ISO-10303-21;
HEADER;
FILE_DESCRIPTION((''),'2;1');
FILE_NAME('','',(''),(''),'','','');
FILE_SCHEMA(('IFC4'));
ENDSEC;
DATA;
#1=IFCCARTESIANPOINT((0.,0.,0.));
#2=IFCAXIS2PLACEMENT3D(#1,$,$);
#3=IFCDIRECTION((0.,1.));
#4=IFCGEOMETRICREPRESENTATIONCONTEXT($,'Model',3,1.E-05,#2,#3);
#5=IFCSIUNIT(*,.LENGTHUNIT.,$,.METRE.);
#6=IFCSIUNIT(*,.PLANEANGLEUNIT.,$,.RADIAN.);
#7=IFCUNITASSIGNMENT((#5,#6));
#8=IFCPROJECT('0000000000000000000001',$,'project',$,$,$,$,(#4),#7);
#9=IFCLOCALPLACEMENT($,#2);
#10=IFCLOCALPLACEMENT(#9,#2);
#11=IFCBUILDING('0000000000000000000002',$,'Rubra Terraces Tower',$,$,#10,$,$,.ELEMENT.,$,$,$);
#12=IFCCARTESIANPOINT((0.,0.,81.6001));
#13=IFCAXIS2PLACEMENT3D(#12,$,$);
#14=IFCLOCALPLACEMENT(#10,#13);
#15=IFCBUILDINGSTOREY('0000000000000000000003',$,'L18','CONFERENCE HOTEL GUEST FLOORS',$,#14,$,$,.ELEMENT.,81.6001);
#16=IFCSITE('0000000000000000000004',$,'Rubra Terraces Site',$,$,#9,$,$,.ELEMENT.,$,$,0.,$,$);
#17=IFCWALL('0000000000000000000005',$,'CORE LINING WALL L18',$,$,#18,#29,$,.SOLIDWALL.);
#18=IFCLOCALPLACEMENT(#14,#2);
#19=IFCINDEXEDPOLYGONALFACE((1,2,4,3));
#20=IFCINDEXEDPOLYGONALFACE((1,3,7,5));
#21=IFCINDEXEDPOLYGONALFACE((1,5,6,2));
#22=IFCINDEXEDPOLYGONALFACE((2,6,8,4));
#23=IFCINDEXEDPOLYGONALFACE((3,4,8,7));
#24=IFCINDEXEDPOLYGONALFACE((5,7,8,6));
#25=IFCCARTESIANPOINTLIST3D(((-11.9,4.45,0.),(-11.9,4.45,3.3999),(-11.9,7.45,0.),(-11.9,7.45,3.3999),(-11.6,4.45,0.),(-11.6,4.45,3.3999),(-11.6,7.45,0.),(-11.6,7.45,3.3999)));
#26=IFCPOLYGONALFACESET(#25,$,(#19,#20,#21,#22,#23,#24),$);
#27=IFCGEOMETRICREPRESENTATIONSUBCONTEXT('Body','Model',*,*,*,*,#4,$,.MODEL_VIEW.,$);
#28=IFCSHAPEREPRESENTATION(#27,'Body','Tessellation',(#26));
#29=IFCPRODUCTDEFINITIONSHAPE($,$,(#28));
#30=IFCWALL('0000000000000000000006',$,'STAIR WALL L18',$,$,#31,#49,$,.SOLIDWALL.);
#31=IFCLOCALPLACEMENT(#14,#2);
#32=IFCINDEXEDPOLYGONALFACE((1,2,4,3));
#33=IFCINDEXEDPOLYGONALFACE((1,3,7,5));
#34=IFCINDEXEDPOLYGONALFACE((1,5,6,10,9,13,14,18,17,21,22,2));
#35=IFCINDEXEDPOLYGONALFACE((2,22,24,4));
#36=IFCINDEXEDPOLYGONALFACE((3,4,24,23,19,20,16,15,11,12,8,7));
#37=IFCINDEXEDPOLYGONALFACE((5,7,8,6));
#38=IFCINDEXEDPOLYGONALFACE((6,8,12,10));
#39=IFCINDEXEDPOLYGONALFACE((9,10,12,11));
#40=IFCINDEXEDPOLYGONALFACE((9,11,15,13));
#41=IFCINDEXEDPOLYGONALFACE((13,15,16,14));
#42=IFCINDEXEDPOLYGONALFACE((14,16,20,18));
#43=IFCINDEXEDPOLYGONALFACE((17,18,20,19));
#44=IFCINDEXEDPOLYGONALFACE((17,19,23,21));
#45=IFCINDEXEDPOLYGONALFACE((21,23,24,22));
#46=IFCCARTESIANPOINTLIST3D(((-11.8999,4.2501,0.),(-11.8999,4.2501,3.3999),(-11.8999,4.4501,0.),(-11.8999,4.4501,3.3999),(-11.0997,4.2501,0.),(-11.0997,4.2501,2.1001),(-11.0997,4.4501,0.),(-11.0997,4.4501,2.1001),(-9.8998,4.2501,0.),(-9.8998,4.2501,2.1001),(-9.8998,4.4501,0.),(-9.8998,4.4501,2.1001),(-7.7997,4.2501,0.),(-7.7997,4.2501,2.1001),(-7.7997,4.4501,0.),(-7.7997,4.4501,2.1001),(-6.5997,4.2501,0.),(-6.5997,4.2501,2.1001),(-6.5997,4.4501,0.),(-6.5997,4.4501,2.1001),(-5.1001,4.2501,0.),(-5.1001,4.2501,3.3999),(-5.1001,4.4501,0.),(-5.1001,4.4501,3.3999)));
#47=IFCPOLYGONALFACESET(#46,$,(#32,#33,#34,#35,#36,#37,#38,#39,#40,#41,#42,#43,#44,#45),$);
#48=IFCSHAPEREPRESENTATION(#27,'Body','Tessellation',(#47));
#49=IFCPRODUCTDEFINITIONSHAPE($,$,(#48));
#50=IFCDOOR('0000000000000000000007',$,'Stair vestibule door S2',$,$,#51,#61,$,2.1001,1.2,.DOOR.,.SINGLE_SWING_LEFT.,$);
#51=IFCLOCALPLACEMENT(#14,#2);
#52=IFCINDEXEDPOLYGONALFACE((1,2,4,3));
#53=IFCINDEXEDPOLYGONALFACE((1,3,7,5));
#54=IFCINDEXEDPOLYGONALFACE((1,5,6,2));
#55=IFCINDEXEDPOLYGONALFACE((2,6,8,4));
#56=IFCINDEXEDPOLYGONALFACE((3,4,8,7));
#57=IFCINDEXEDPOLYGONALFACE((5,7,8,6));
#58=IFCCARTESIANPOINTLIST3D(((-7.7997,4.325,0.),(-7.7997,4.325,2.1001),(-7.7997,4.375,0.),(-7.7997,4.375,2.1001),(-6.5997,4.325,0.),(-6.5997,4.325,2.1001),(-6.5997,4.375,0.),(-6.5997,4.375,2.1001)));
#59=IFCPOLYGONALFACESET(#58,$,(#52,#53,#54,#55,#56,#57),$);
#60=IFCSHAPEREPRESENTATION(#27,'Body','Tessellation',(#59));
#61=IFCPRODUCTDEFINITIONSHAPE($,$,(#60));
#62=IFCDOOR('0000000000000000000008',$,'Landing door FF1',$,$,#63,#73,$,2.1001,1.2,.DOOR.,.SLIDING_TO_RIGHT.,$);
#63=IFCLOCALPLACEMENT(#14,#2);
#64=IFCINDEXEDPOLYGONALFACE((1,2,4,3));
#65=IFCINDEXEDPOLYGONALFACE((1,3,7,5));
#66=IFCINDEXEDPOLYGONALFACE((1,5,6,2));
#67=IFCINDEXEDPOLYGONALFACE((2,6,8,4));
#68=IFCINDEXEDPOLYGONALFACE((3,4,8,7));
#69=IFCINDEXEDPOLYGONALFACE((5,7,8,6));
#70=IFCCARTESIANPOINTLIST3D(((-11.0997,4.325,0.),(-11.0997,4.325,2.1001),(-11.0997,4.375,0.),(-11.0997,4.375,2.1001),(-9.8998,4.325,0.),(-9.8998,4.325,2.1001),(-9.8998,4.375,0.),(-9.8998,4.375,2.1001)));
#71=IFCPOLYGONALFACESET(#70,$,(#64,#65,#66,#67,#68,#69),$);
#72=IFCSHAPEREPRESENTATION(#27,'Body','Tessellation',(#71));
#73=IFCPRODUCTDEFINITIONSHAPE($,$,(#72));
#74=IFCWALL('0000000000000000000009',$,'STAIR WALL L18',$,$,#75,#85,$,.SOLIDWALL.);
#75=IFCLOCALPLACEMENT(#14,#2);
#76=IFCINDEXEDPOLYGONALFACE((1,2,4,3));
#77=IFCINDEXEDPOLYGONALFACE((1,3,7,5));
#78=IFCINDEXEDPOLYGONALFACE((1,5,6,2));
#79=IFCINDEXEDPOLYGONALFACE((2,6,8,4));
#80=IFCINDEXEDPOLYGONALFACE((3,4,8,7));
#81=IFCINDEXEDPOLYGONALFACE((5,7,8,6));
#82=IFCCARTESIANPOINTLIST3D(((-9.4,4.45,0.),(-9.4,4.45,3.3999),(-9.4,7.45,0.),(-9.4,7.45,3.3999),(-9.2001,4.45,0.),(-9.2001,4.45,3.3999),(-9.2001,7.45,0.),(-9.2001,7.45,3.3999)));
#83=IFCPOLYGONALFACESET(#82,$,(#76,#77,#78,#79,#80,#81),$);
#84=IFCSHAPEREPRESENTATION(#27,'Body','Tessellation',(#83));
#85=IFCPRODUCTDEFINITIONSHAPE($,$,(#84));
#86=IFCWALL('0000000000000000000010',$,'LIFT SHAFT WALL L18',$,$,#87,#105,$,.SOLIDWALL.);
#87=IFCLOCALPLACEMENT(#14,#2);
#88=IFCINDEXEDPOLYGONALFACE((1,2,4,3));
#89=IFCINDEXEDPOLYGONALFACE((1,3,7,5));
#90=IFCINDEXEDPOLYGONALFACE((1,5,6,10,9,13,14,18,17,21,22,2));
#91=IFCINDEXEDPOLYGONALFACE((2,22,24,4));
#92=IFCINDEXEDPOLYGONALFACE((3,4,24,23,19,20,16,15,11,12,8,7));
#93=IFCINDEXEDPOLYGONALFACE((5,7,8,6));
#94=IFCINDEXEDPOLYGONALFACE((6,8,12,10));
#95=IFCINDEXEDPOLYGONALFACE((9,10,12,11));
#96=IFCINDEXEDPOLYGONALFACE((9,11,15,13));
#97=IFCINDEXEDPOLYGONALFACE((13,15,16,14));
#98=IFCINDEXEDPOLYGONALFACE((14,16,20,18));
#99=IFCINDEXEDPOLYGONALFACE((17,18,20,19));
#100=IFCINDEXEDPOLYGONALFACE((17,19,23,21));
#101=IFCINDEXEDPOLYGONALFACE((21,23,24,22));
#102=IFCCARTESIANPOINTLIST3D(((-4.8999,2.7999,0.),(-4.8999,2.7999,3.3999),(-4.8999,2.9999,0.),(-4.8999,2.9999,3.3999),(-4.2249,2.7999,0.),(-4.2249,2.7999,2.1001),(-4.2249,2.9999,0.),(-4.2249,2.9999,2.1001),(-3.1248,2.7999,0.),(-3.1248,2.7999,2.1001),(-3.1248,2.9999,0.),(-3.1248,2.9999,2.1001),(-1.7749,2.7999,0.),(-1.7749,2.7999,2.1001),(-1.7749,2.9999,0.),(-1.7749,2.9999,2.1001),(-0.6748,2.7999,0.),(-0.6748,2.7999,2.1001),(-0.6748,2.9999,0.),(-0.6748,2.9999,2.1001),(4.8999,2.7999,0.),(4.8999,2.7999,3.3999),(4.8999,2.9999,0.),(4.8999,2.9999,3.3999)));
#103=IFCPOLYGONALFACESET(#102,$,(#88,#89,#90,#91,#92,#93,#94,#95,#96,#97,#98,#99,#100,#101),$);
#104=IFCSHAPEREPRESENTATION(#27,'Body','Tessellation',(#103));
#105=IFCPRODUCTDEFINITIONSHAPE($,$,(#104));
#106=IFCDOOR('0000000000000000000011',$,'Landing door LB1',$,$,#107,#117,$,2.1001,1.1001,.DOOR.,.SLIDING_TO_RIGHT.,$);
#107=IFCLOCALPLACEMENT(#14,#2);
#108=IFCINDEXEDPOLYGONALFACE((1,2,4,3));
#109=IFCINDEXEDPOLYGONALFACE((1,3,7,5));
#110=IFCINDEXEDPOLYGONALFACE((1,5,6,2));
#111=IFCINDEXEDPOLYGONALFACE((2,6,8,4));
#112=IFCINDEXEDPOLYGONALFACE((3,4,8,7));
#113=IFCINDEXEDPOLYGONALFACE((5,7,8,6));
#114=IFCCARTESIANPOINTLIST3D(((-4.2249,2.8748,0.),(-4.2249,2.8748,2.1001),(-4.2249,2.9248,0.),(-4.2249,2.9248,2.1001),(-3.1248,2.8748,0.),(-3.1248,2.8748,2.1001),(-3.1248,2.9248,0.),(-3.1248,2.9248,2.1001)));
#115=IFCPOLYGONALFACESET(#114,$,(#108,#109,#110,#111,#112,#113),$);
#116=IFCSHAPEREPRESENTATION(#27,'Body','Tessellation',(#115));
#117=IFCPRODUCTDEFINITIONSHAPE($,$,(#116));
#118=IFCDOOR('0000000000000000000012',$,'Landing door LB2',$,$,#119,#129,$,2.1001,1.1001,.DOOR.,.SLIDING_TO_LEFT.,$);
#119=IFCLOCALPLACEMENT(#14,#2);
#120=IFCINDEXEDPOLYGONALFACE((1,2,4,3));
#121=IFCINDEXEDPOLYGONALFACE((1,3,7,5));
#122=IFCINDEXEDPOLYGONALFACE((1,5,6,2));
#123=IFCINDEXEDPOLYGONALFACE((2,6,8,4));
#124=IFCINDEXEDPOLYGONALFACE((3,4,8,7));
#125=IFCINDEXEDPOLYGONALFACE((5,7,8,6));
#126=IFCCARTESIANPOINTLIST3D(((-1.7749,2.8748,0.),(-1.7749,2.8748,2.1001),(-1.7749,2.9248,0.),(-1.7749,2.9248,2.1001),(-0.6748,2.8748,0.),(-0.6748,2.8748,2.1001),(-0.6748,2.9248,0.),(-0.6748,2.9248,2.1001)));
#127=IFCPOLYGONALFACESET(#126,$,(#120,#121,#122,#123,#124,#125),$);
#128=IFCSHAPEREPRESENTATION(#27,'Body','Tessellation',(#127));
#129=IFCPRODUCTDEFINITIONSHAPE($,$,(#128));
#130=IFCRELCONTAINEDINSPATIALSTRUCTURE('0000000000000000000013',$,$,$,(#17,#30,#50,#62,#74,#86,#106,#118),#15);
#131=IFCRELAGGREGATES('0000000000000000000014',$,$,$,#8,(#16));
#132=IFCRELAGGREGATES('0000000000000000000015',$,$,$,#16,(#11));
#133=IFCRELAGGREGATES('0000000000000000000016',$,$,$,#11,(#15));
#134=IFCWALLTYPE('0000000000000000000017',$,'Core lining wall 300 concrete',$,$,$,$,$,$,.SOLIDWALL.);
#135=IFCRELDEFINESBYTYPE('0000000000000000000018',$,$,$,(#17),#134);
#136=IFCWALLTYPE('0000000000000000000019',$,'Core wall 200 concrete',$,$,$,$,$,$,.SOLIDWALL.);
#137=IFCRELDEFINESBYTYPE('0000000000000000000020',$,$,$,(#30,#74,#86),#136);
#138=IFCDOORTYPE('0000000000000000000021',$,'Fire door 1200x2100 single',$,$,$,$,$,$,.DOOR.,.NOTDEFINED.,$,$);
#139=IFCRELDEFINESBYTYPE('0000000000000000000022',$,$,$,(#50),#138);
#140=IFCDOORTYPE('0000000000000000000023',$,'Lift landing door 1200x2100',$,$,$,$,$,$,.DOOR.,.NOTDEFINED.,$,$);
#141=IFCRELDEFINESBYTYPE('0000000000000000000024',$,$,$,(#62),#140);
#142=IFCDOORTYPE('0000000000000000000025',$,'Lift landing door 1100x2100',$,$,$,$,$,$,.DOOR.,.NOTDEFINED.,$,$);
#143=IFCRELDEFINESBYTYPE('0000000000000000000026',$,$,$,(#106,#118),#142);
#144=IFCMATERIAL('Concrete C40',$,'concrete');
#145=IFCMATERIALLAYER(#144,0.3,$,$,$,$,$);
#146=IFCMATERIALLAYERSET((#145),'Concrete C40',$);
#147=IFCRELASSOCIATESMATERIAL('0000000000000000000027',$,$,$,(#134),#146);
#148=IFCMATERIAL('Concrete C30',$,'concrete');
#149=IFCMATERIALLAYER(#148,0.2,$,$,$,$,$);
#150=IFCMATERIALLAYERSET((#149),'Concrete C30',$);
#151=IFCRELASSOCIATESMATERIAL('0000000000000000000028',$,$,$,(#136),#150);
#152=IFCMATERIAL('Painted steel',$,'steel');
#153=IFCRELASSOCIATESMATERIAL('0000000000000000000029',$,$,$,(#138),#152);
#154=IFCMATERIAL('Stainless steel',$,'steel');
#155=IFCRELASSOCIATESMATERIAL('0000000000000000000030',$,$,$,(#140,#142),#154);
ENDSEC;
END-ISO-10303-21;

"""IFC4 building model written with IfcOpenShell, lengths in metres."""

from ifc_helpers import new_model, si_unit, direction, frame, frame_2d, origin, place, context, subcontext, project, spatial, rectangle, extrude, material, layer, layer_set, type_object, element, fill, save


model = new_model("IFC4")

# Units and contexts
model_context = context("Model", 3, precision=1e-05, world=origin(), true_north=direction((0.0, 1.0)))
body_context = subcontext(model_context, "Body", "Model", "MODEL_VIEW")
ifc_project = project(units=[si_unit("LENGTHUNIT", "METRE"), si_unit("PLANEANGLEUNIT", "RADIAN")], contexts=[model_context])

# Site, building, storey
site_placement = place(None, origin())
site = spatial("IfcSite", under=ifc_project, at=site_placement, Name="Rubra Terraces Site", CompositionType="ELEMENT", RefElevation=0.0)
building_placement = place(site_placement, origin())
building = spatial("IfcBuilding", under=site, at=building_placement, Name="Rubra Terraces Tower", CompositionType="ELEMENT")
storey_placement = place(building_placement, frame((0.0, 0.0, 81.6001)))
storey = spatial("IfcBuildingStorey", under=building, at=storey_placement, Name="L18", Description="CONFERENCE HOTEL GUEST FLOORS", CompositionType="ELEMENT", Elevation=81.6001)

# Wall
ifc_material_1 = material(Name="Concrete C40", Category="concrete")
ifc_layer_1 = layer(ifc_material_1, 0.3)
ifc_layer_set_1 = layer_set([ifc_layer_1], Name="Concrete C40")
wall_type_1 = type_object("IfcWallType", Name="Core lining wall 300 concrete", PredefinedType="SOLIDWALL", material=ifc_layer_set_1)
wall_1_placement = place(storey_placement, frame((-11.75, 4.45, 0.0), z_axis=(0.0, 0.0, 1.0), x_axis=(0.0, 1.0, 0.0)))
element("IfcWall", 1, at=wall_1_placement, inside=storey, type_object=wall_type_1, Name="CORE LINING WALL L18", PredefinedType="SOLIDWALL", context=body_context, shape_type="SweptSolid", body=[
    extrude(rectangle(XDim=3.0, YDim=0.3, at=frame_2d((1.5, 0.0))), origin(), (0.0, 0.0, 1.0), 3.3999),
])

# Wall, openings, doors
ifc_material_2 = material(Name="Concrete C30", Category="concrete")
ifc_layer_2 = layer(ifc_material_2, 0.2)
ifc_layer_set_2 = layer_set([ifc_layer_2], Name="Concrete C30")
wall_type_2 = type_object("IfcWallType", Name="Core wall 200 concrete", PredefinedType="SOLIDWALL", material=ifc_layer_set_2)
wall_2_placement = place(storey_placement, frame((-11.8999, 4.3501, 0.0), z_axis=(0.0, 0.0, 1.0), x_axis=(1.0, 0.0, 0.0)))
wall_2 = element("IfcWall", 2, at=wall_2_placement, inside=storey, type_object=wall_type_2, Name="STAIR WALL L18", PredefinedType="SOLIDWALL", context=body_context, shape_type="SweptSolid", body=[
    extrude(rectangle(XDim=6.7998, YDim=0.2, at=frame_2d((3.3999, 0.0))), origin(), (0.0, 0.0, 1.0), 3.3999),
])
opening_1_placement = place(wall_2_placement, frame((4.1001, 0.0, 0.0)))
opening_1 = element("IfcOpeningElement", 3, at=opening_1_placement, cuts=wall_2, PredefinedType="OPENING", context=body_context, shape_type="SweptSolid", body=[
    extrude(rectangle(XDim=1.2, YDim=2.1001, at=frame_2d((0.6001, 1.05))), frame((0.0, 0.1099, 0.0), z_axis=(0.0, -1.0, 0.0), x_axis=(1.0, 0.0, 0.0)), (0.0, 0.0, 1.0), 0.22),
])
opening_2_placement = place(wall_2_placement, frame((0.8, 0.0, 0.0)))
opening_2 = element("IfcOpeningElement", 4, at=opening_2_placement, cuts=wall_2, PredefinedType="OPENING", context=body_context, shape_type="SweptSolid", body=[
    extrude(rectangle(XDim=1.2, YDim=2.1001, at=frame_2d((0.6001, 1.05))), frame((0.0, 0.1099, 0.0), z_axis=(0.0, -1.0, 0.0), x_axis=(1.0, 0.0, 0.0)), (0.0, 0.0, 1.0), 0.22),
])
ifc_material_3 = material(Name="Painted steel", Category="steel")
door_type_1 = type_object("IfcDoorType", Name="Fire door 1200x2100 single", OperationType="NOTDEFINED", PredefinedType="DOOR", material=ifc_material_3)
door_1_placement = place(opening_1_placement, origin())
door_1 = element("IfcDoor", 5, at=door_1_placement, inside=storey, type_object=door_type_1, Name="Stair vestibule door S2", OperationType="SINGLE_SWING_LEFT", OverallHeight=2.1001, OverallWidth=1.2, PredefinedType="DOOR", context=body_context, shape_type="SweptSolid", body=[
    extrude(rectangle(XDim=1.2, YDim=2.1001, at=frame_2d((0.6001, 1.05))), frame((0.0, 0.0249, 0.0), z_axis=(0.0, -1.0, 0.0), x_axis=(1.0, 0.0, 0.0)), (0.0, 0.0, 1.0), 0.05),
])
fill(opening_1, door_1)
ifc_material_4 = material(Name="Stainless steel", Category="steel")
door_type_2 = type_object("IfcDoorType", Name="Lift landing door 1200x2100", OperationType="NOTDEFINED", PredefinedType="DOOR", material=ifc_material_4)
door_2_placement = place(opening_2_placement, origin())
door_2 = element("IfcDoor", 6, at=door_2_placement, inside=storey, type_object=door_type_2, Name="Landing door FF1", OperationType="SLIDING_TO_RIGHT", OverallHeight=2.1001, OverallWidth=1.2, PredefinedType="DOOR", context=body_context, shape_type="SweptSolid", body=[
    extrude(rectangle(XDim=1.2, YDim=2.1001, at=frame_2d((0.6001, 1.05))), frame((0.0, 0.0249, 0.0), z_axis=(0.0, -1.0, 0.0), x_axis=(1.0, 0.0, 0.0)), (0.0, 0.0, 1.0), 0.05),
])
fill(opening_2, door_2)

# Wall
wall_3_placement = place(storey_placement, frame((-9.3, 4.45, 0.0), z_axis=(0.0, 0.0, 1.0), x_axis=(0.0, 1.0, 0.0)))
element("IfcWall", 7, at=wall_3_placement, inside=storey, type_object=wall_type_2, Name="STAIR WALL L18", PredefinedType="SOLIDWALL", context=body_context, shape_type="SweptSolid", body=[
    extrude(rectangle(XDim=3.0, YDim=0.2, at=frame_2d((1.5, 0.0))), origin(), (0.0, 0.0, 1.0), 3.3999),
])

# Wall, openings, doors
wall_4_placement = place(storey_placement, frame((-4.8999, 2.8999, 0.0), z_axis=(0.0, 0.0, 1.0), x_axis=(1.0, 0.0, 0.0)))
wall_4 = element("IfcWall", 8, at=wall_4_placement, inside=storey, type_object=wall_type_2, Name="LIFT SHAFT WALL L18", PredefinedType="SOLIDWALL", context=body_context, shape_type="SweptSolid", body=[
    extrude(rectangle(XDim=9.7998, YDim=0.2, at=frame_2d((4.8999, 0.0))), origin(), (0.0, 0.0, 1.0), 3.3999),
])
opening_3_placement = place(wall_4_placement, frame((0.675, 0.0, 0.0)))
opening_3 = element("IfcOpeningElement", 9, at=opening_3_placement, cuts=wall_4, PredefinedType="OPENING", context=body_context, shape_type="SweptSolid", body=[
    extrude(rectangle(XDim=1.1001, YDim=2.1001, at=frame_2d((0.55, 1.05))), frame((0.0, 0.1099, 0.0), z_axis=(0.0, -1.0, 0.0), x_axis=(1.0, 0.0, 0.0)), (0.0, 0.0, 1.0), 0.22),
])
opening_4_placement = place(wall_4_placement, frame((3.125, 0.0, 0.0)))
opening_4 = element("IfcOpeningElement", 10, at=opening_4_placement, cuts=wall_4, PredefinedType="OPENING", context=body_context, shape_type="SweptSolid", body=[
    extrude(rectangle(XDim=1.1001, YDim=2.1001, at=frame_2d((0.55, 1.05))), frame((0.0, 0.1099, 0.0), z_axis=(0.0, -1.0, 0.0), x_axis=(1.0, 0.0, 0.0)), (0.0, 0.0, 1.0), 0.22),
])
door_type_3 = type_object("IfcDoorType", Name="Lift landing door 1100x2100", OperationType="NOTDEFINED", PredefinedType="DOOR", material=ifc_material_4)
door_3_placement = place(opening_3_placement, origin())
door_3 = element("IfcDoor", 11, at=door_3_placement, inside=storey, type_object=door_type_3, Name="Landing door LB1", OperationType="SLIDING_TO_RIGHT", OverallHeight=2.1001, OverallWidth=1.1001, PredefinedType="DOOR", context=body_context, shape_type="SweptSolid", body=[
    extrude(rectangle(XDim=1.1001, YDim=2.1001, at=frame_2d((0.55, 1.05))), frame((0.0, 0.0249, 0.0), z_axis=(0.0, -1.0, 0.0), x_axis=(1.0, 0.0, 0.0)), (0.0, 0.0, 1.0), 0.05),
])
fill(opening_3, door_3)
door_4_placement = place(opening_4_placement, origin())
door_4 = element("IfcDoor", 12, at=door_4_placement, inside=storey, type_object=door_type_3, Name="Landing door LB2", OperationType="SLIDING_TO_LEFT", OverallHeight=2.1001, OverallWidth=1.1001, PredefinedType="DOOR", context=body_context, shape_type="SweptSolid", body=[
    extrude(rectangle(XDim=1.1001, YDim=2.1001, at=frame_2d((0.55, 1.05))), frame((0.0, 0.0249, 0.0), z_axis=(0.0, -1.0, 0.0), x_axis=(1.0, 0.0, 0.0)), (0.0, 0.0, 1.0), 0.05),
])
fill(opening_4, door_4)

save(model, "model.ifc")
